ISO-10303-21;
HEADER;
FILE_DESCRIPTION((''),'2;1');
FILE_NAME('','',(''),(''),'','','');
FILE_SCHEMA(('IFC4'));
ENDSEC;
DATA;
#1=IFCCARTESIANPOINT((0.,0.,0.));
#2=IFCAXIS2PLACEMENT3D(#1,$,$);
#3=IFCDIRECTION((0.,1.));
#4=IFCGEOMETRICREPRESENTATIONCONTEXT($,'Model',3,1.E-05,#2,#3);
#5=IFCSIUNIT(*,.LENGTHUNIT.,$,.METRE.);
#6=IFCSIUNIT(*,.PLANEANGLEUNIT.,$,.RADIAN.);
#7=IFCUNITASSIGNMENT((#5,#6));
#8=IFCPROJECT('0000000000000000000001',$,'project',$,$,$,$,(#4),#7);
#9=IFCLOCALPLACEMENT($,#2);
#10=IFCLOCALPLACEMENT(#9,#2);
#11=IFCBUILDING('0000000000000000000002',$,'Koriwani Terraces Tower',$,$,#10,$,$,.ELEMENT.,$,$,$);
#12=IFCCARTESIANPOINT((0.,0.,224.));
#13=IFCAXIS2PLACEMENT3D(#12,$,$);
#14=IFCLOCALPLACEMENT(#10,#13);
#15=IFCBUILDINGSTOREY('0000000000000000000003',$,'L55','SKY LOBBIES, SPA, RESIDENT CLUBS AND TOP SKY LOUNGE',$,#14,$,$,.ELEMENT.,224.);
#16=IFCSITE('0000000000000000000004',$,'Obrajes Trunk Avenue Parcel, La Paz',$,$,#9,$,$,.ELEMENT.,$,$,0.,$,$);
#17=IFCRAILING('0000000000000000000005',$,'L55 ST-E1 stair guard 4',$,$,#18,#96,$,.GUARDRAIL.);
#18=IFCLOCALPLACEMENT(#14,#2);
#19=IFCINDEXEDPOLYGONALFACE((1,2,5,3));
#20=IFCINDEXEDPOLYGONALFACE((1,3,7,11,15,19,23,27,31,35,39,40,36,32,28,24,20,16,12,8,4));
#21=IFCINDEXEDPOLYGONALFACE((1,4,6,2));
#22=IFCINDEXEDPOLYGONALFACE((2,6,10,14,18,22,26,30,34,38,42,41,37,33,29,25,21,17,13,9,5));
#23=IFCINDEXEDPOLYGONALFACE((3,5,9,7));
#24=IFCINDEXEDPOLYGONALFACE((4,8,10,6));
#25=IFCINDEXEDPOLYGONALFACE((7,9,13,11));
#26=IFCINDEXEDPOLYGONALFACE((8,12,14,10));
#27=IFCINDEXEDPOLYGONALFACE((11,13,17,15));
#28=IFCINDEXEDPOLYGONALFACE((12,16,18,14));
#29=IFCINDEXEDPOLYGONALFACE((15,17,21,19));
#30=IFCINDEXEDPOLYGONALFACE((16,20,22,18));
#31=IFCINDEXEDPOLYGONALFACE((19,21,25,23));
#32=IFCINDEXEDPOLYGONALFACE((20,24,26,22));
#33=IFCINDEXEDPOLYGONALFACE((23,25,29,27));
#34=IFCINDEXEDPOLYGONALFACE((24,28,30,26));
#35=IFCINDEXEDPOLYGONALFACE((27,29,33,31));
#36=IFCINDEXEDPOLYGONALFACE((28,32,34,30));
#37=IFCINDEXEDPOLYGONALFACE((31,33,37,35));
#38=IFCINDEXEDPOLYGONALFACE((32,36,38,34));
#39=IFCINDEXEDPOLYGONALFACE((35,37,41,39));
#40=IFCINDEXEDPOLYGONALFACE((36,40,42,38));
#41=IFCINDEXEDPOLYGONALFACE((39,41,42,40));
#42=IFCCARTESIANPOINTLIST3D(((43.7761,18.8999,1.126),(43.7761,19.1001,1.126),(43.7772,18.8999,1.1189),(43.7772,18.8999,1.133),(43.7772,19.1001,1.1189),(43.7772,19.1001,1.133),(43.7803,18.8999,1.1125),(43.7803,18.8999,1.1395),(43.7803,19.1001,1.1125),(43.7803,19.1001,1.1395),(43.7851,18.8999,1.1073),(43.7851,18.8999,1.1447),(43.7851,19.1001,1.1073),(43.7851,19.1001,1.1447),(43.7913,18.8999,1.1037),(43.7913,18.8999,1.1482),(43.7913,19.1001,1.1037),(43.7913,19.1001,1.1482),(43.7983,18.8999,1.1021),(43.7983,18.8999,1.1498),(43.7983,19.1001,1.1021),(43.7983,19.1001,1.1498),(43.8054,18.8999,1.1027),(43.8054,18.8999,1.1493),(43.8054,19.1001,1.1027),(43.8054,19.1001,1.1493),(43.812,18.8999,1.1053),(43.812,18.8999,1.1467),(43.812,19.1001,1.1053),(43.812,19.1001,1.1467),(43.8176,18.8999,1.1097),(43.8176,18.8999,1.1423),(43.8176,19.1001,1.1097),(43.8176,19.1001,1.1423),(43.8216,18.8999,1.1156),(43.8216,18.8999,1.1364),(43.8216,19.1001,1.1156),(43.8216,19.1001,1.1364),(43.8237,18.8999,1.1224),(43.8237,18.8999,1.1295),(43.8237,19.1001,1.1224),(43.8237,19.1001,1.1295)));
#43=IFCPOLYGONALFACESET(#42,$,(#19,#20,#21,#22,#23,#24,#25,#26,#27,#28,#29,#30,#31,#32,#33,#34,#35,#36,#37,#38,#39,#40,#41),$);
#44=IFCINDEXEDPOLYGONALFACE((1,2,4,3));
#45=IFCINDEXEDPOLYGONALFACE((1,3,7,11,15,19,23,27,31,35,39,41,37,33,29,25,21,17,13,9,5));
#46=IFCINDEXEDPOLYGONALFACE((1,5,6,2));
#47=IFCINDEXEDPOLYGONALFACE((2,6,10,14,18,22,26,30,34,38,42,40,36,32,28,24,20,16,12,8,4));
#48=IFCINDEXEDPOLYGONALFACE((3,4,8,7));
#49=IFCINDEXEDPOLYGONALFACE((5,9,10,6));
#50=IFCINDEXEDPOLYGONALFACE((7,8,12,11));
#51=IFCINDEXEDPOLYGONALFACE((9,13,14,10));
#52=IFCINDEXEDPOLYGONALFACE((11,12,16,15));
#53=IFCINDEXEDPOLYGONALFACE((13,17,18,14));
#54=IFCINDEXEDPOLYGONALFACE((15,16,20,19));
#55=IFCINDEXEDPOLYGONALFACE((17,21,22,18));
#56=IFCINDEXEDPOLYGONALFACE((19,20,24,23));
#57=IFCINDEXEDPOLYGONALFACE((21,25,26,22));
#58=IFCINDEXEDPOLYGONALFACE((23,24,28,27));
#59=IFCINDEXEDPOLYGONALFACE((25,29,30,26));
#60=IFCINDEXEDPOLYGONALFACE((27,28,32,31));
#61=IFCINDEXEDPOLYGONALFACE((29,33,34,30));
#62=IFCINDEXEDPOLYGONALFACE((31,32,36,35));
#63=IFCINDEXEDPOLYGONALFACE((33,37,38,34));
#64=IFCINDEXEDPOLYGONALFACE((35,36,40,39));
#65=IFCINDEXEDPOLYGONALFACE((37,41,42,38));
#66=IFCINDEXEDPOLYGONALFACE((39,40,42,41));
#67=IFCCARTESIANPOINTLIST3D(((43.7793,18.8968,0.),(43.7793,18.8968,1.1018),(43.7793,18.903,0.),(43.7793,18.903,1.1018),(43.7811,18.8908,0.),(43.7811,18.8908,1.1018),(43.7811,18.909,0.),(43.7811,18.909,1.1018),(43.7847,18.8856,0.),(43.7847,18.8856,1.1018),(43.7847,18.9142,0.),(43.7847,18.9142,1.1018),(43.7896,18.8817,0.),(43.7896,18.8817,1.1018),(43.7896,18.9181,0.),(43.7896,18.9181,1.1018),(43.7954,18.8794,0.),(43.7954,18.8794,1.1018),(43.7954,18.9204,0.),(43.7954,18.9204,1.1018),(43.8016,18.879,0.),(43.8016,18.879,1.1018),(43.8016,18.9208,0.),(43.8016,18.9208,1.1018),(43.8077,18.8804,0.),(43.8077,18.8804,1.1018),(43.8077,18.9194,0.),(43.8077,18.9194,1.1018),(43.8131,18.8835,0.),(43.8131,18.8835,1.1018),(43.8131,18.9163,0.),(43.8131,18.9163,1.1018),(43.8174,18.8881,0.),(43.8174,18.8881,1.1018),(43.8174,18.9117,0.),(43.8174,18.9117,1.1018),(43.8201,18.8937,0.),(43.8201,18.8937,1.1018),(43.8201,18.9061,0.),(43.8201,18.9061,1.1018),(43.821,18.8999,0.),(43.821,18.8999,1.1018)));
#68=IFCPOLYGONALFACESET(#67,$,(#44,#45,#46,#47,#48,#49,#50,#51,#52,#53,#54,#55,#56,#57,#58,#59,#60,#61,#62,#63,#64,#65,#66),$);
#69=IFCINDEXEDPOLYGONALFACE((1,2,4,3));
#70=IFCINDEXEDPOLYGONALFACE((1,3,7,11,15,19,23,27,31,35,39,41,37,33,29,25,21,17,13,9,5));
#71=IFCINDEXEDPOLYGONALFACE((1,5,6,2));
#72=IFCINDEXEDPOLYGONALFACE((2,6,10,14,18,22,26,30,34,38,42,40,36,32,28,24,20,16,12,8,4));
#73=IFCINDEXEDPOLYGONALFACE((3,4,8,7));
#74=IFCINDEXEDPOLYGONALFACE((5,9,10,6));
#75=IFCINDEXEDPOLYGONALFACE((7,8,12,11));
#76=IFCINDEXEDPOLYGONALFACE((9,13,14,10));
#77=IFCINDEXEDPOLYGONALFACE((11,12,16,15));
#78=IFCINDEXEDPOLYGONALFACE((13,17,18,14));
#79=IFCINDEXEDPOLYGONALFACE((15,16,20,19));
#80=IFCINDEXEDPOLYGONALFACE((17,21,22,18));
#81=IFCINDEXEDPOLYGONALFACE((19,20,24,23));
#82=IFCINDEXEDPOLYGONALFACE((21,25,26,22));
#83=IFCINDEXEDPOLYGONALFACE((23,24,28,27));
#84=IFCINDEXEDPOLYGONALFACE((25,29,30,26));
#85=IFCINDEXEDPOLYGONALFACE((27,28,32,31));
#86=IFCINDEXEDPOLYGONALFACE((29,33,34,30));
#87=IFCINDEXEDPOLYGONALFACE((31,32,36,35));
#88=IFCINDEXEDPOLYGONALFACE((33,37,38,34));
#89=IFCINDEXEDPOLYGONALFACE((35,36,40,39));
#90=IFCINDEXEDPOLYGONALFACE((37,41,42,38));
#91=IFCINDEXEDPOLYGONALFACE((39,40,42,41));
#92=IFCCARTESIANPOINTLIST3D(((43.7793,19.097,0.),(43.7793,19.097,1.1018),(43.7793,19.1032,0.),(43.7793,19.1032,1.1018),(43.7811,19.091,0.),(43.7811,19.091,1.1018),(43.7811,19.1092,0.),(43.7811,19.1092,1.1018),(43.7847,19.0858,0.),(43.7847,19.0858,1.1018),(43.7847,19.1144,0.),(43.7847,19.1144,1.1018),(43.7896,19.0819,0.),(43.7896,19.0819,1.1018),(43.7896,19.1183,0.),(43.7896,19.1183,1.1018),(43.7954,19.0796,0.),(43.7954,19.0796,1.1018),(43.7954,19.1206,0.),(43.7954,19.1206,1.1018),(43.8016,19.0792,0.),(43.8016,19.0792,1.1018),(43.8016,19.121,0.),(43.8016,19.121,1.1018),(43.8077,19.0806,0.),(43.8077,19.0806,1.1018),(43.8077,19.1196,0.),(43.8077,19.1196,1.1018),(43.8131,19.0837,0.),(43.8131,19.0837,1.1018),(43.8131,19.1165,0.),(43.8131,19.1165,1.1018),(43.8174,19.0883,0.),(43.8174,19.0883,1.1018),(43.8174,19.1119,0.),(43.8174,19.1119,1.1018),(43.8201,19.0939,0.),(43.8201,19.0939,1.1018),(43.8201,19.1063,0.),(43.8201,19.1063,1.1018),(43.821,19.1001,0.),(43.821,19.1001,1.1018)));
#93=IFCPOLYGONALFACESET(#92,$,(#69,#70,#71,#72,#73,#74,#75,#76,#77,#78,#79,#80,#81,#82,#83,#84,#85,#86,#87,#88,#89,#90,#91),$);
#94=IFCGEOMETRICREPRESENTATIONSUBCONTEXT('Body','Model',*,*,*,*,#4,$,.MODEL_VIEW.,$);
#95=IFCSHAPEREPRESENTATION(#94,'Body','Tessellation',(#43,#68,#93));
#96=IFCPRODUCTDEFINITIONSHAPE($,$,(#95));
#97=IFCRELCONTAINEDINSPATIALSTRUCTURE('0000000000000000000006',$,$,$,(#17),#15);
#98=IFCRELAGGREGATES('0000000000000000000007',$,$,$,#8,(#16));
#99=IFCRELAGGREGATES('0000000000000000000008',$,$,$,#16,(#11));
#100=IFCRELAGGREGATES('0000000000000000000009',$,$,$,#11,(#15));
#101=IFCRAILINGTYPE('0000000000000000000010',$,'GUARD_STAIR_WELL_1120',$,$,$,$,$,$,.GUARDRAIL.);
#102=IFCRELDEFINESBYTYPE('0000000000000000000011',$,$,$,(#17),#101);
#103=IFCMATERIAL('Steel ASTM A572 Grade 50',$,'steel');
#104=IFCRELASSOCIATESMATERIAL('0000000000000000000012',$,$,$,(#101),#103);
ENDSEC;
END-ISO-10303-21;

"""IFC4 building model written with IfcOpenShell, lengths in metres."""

from ifc_helpers import new_model, si_unit, direction, frame, origin, origin_2d, place, context, subcontext, project, spatial, circle, extrude, material, type_object, element, save


model = new_model("IFC4")

# Units and contexts
model_context = context("Model", 3, precision=1e-05, world=origin(), true_north=direction((0.0, 1.0)))
body_context = subcontext(model_context, "Body", "Model", "MODEL_VIEW")
ifc_project = project(units=[si_unit("LENGTHUNIT", "METRE"), si_unit("PLANEANGLEUNIT", "RADIAN")], contexts=[model_context])

# Site, building, storey
site_placement = place(None, origin())
site = spatial("IfcSite", under=ifc_project, at=site_placement, Name="Obrajes Trunk Avenue Parcel, La Paz", CompositionType="ELEMENT", RefElevation=0.0)
building_placement = place(site_placement, origin())
building = spatial("IfcBuilding", under=site, at=building_placement, Name="Koriwani Terraces Tower", CompositionType="ELEMENT")
storey_placement = place(building_placement, frame((0.0, 0.0, 224.0)))
storey = spatial("IfcBuildingStorey", under=building, at=storey_placement, Name="L55", Description="SKY LOBBIES, SPA, RESIDENT CLUBS AND TOP SKY LOUNGE", CompositionType="ELEMENT", Elevation=224.0)

# Shared definitions
ifc_material_1 = material(Name="Steel ASTM A572 Grade 50", Category="steel")

# Railing
railing_type_1 = type_object("IfcRailingType", Name="GUARD_STAIR_WELL_1120", PredefinedType="GUARDRAIL", material=ifc_material_1)
railing_1_placement = place(storey_placement, frame((43.8, 18.8999, 0.0)))
element("IfcRailing", 1, at=railing_1_placement, inside=storey, type_object=railing_type_1, Name="L55 ST-E1 stair guard 4", PredefinedType="GUARDRAIL", context=body_context, shape_type="SweptSolid", body=[
    extrude(circle(Radius=0.0239, at=origin_2d()), frame((0.0, 0.0, 1.126), z_axis=(0.0, 1.0, 0.0), x_axis=(-1.0, 0.0, 0.0)), (0.0, 0.0, 1.0), 0.2002),
    extrude(circle(Radius=0.021, at=origin_2d()), origin(), (0.0, 0.0, 1.0), 1.1018),
    extrude(circle(Radius=0.021, at=origin_2d()), frame((0.0, 0.2002, 0.0)), (0.0, 0.0, 1.0), 1.1018),
])

save(model, "model.ifc")
